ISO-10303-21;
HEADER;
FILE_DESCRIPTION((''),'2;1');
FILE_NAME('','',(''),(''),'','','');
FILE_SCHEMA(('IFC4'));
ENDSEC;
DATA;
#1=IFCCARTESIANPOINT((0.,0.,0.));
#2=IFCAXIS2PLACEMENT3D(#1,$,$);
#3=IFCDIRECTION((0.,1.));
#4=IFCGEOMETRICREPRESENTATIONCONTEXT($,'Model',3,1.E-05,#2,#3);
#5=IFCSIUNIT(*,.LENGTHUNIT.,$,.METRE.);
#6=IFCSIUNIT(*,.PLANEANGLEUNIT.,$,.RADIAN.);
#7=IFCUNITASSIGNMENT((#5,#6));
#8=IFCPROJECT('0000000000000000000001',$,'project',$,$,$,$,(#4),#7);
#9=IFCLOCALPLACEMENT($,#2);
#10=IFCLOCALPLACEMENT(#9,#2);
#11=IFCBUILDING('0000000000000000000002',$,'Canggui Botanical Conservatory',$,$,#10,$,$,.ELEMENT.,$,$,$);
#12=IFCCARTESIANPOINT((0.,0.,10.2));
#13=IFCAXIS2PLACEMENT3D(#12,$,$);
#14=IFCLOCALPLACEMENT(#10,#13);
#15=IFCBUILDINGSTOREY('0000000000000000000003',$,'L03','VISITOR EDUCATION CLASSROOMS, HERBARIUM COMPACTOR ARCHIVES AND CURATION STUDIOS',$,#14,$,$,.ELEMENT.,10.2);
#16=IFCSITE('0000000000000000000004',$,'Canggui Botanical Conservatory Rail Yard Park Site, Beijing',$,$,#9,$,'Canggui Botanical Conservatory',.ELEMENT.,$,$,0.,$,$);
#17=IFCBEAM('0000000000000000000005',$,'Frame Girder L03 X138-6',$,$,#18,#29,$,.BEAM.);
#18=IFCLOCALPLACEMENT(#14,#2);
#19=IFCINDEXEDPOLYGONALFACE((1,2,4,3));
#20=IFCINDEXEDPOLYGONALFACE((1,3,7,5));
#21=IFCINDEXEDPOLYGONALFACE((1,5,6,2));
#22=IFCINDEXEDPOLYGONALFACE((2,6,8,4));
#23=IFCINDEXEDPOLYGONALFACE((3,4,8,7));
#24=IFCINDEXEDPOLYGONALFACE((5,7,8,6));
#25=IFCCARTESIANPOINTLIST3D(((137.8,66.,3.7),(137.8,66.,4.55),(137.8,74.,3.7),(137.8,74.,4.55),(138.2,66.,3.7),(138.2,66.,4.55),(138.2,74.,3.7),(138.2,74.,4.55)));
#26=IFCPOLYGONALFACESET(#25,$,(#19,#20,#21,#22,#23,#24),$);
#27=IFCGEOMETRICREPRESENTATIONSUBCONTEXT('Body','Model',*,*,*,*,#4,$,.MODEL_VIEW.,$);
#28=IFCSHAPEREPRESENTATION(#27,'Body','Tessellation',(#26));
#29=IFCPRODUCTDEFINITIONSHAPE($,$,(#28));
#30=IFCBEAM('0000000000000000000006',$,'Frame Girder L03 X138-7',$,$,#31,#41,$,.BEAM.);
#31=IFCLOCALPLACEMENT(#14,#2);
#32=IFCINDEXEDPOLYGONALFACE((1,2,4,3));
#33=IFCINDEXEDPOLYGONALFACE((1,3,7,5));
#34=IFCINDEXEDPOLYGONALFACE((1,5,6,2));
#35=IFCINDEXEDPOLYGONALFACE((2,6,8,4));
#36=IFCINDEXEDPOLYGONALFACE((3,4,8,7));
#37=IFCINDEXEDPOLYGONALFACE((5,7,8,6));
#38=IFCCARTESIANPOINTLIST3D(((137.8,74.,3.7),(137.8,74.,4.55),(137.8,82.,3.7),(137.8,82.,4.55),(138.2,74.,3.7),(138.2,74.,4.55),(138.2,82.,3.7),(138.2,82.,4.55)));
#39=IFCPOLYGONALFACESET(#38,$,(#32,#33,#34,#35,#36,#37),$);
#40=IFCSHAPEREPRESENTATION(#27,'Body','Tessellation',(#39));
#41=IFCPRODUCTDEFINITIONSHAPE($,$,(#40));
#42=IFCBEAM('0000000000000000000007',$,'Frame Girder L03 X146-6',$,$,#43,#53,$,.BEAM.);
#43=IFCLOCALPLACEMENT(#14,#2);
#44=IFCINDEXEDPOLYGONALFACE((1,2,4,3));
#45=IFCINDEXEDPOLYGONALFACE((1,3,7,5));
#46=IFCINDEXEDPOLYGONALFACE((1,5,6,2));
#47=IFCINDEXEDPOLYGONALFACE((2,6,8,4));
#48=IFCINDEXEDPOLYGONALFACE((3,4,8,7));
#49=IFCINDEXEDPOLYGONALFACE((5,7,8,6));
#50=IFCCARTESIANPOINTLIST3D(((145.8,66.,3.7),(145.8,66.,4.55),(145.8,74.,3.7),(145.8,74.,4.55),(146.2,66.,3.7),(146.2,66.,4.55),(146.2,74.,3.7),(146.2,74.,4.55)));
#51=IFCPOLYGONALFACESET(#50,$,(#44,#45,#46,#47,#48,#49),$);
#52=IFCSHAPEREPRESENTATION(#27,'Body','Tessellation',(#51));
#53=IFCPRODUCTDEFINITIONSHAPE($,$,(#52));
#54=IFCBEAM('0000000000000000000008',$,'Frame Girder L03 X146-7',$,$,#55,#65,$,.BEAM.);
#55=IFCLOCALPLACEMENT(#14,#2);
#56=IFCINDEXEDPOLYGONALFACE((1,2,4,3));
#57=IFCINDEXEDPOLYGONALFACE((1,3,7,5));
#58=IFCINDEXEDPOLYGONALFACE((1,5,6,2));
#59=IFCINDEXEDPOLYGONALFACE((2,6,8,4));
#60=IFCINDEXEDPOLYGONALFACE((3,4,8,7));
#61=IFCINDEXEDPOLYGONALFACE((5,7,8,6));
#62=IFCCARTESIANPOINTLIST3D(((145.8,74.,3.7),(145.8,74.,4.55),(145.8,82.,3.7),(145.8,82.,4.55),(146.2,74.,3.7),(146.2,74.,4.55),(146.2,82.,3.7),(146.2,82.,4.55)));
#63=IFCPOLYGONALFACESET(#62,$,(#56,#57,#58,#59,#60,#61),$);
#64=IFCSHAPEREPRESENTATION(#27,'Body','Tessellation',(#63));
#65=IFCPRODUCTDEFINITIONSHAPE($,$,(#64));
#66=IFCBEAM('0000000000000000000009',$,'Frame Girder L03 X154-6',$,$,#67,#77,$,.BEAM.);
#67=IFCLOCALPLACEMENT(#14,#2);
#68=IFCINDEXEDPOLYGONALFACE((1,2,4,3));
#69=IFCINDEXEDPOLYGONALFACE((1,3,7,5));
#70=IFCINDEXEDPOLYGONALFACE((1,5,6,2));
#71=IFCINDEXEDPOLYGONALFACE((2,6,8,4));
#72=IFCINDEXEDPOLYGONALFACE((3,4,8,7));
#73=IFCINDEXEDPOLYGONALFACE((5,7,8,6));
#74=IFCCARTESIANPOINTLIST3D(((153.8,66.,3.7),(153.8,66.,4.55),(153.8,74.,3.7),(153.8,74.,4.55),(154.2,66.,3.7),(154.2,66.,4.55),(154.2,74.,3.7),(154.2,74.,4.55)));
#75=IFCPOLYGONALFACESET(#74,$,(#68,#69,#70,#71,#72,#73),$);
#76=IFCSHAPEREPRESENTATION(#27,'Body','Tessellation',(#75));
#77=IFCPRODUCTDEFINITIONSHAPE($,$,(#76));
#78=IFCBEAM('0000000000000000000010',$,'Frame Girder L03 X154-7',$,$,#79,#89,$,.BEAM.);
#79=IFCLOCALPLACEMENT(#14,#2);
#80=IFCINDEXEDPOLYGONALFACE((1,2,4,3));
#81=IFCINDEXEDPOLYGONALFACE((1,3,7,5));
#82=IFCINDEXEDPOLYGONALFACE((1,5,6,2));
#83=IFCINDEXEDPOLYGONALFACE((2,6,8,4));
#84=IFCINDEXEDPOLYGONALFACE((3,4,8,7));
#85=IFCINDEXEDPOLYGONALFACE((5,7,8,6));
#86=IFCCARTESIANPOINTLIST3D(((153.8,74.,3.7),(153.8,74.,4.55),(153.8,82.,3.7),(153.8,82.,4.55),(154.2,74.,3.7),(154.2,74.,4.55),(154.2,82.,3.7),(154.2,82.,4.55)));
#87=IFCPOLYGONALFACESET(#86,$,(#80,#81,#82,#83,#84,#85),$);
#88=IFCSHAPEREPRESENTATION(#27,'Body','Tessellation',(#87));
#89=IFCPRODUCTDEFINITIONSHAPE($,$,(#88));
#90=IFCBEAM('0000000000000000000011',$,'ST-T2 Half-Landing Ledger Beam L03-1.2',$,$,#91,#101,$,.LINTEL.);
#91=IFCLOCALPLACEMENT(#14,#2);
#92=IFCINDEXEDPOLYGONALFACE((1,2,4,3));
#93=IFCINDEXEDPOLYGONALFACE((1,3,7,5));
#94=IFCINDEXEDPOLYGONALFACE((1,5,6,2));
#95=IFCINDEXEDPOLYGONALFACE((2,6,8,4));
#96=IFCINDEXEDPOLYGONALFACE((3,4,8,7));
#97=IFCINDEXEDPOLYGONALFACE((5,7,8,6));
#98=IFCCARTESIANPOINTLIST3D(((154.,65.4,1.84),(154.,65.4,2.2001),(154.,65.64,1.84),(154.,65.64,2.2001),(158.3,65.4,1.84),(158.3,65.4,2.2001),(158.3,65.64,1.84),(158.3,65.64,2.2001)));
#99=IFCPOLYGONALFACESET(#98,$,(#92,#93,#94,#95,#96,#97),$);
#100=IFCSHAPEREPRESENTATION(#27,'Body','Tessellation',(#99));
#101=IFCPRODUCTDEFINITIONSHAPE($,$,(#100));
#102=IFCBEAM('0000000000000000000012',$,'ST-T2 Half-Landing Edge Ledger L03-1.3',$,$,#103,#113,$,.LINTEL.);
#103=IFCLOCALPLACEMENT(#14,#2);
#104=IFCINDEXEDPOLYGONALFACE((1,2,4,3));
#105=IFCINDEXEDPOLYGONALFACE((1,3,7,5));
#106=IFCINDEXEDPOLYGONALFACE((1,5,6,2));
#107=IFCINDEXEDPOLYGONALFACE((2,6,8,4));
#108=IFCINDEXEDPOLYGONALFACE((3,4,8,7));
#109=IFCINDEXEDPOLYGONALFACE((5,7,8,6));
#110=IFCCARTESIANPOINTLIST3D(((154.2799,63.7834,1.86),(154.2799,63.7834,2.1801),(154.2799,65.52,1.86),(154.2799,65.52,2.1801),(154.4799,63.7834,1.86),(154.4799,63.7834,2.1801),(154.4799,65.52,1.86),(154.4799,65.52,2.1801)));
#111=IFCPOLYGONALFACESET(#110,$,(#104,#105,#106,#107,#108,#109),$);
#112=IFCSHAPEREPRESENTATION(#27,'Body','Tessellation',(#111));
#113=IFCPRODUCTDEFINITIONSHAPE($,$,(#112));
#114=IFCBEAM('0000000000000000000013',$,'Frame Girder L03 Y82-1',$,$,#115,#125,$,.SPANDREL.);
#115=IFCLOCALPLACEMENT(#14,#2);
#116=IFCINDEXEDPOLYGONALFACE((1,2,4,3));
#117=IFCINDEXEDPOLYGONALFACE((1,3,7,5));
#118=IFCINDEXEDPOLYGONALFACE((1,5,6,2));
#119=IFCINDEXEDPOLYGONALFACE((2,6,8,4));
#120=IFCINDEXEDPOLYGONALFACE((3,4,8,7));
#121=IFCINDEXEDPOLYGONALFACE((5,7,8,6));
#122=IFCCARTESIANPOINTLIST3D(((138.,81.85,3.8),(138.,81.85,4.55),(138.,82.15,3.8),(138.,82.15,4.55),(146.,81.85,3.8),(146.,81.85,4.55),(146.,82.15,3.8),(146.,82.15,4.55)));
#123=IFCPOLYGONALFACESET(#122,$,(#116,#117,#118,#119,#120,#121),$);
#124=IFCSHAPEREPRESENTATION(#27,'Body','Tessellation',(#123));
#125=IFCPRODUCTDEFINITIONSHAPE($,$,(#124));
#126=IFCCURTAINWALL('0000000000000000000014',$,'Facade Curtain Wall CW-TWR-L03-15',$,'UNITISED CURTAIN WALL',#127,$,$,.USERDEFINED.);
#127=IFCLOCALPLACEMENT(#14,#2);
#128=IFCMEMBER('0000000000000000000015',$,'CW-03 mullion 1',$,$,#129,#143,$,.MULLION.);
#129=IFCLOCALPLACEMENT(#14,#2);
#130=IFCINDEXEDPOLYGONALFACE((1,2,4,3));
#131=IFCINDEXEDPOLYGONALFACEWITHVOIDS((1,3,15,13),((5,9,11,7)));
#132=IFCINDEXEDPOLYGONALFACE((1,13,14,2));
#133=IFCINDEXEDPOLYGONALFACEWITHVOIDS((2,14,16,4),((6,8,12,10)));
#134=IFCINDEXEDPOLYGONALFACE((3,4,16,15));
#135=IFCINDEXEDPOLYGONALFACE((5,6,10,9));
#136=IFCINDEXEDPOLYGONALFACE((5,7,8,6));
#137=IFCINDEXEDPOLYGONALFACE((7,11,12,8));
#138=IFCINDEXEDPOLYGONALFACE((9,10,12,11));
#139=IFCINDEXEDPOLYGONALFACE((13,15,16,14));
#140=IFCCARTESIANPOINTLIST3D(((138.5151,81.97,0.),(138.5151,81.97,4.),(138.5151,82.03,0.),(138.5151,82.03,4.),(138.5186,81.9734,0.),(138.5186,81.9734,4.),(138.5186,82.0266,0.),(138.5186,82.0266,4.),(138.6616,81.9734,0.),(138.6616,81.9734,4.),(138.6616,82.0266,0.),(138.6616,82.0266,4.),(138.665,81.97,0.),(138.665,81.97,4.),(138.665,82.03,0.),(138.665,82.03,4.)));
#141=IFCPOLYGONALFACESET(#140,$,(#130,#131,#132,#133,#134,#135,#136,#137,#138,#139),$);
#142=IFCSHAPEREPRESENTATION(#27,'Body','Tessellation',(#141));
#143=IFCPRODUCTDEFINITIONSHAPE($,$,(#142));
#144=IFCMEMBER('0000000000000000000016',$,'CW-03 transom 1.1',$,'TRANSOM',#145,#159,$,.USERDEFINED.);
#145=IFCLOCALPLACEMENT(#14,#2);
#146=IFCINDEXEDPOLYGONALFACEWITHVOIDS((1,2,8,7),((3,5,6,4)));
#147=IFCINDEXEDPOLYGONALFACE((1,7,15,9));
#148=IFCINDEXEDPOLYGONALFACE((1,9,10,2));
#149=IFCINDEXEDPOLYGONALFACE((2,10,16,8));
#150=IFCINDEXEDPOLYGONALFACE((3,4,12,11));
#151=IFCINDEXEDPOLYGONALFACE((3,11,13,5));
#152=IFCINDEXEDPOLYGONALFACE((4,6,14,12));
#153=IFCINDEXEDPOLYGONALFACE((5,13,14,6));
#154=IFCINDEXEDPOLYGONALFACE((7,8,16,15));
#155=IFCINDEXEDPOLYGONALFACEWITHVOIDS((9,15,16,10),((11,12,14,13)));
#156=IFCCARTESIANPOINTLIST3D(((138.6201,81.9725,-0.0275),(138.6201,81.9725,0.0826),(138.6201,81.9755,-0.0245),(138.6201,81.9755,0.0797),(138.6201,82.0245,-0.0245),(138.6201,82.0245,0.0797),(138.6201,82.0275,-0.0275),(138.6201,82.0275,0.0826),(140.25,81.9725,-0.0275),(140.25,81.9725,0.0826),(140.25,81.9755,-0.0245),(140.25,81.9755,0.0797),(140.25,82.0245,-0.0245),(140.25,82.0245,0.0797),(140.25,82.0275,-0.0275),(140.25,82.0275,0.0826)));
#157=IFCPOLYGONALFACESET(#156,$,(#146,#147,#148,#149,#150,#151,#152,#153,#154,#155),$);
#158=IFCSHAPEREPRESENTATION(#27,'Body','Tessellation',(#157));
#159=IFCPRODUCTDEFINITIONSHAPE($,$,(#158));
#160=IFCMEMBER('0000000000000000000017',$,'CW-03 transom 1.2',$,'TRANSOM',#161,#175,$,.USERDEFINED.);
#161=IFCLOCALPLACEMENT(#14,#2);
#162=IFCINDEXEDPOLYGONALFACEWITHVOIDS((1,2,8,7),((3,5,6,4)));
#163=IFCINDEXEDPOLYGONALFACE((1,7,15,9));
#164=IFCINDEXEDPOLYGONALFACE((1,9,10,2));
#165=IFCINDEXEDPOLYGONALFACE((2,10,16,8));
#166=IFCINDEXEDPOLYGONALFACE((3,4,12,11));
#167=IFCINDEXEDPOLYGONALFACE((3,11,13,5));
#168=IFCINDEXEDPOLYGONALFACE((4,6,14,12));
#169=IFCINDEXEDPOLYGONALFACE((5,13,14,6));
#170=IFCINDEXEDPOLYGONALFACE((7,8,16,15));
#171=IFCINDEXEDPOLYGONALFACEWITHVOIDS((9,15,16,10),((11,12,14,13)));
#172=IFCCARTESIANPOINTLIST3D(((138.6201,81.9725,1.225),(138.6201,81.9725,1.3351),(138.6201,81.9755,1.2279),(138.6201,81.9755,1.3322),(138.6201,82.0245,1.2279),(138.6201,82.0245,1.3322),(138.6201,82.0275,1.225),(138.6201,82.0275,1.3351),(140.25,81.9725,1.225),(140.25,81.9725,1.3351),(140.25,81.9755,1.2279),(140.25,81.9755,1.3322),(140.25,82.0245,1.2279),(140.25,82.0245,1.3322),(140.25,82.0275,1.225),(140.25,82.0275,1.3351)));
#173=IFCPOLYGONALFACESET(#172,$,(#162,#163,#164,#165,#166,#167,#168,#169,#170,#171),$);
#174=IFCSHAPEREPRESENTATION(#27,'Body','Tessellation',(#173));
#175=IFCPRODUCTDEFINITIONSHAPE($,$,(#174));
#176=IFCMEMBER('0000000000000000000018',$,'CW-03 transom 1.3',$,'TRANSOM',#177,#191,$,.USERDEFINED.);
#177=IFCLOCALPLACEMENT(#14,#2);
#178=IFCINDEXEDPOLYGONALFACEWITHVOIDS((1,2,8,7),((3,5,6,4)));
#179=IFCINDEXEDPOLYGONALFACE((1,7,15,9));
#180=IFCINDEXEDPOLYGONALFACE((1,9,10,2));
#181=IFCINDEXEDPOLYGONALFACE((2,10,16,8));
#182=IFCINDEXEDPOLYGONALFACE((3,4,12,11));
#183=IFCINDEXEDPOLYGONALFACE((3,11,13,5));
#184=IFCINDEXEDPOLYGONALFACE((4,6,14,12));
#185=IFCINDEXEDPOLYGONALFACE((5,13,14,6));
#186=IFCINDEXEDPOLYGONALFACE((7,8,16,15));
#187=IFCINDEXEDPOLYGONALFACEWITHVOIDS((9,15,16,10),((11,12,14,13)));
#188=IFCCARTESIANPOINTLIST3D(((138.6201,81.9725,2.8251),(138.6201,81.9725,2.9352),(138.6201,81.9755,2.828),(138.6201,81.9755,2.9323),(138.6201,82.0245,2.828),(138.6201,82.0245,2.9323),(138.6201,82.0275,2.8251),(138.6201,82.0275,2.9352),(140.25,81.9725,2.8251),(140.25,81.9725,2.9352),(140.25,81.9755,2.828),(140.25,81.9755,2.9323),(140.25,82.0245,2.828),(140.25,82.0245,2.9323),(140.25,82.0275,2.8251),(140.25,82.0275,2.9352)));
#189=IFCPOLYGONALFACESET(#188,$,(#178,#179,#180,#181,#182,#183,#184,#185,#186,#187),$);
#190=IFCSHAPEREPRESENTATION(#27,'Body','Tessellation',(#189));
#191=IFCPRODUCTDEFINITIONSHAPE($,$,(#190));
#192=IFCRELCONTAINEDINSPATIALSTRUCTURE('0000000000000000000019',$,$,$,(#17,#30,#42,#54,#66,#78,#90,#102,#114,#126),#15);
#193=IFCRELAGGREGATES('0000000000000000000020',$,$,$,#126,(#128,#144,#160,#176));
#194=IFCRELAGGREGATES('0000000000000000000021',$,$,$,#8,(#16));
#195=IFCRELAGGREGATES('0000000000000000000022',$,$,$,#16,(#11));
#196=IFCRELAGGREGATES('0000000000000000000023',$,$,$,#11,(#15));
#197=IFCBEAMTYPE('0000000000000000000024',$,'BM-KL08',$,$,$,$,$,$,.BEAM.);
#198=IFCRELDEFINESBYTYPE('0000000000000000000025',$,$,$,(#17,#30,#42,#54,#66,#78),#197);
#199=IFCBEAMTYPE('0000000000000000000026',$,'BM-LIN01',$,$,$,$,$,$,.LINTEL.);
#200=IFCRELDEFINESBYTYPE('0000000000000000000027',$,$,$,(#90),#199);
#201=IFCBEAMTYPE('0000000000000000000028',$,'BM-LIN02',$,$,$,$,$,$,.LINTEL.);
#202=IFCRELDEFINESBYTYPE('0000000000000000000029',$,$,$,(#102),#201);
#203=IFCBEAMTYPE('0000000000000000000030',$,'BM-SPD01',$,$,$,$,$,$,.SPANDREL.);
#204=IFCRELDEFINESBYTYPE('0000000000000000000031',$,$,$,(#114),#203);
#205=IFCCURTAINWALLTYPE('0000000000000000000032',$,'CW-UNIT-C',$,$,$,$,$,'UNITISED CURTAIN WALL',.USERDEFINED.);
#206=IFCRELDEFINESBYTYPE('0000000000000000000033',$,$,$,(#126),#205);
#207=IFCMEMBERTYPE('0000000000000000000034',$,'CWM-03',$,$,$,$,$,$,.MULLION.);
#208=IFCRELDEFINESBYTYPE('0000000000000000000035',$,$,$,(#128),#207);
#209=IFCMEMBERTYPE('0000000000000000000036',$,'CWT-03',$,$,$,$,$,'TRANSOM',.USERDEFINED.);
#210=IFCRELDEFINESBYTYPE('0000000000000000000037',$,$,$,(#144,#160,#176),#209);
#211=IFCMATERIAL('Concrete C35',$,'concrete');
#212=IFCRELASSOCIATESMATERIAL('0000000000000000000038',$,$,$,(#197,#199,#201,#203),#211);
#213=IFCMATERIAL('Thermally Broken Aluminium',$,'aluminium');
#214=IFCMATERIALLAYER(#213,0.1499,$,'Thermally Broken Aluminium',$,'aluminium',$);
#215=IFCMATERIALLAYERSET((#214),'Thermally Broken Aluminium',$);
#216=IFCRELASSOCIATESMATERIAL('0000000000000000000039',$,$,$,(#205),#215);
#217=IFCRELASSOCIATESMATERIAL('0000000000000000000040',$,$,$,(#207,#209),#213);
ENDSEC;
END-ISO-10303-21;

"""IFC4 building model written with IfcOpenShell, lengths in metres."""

from ifc_helpers import new_model, si_unit, direction, frame, origin, origin_2d, place, context, subcontext, project, spatial, rectangle, hollow_rectangle, extrude, material, layer, layer_set, material_profile, profile_set, type_object, element, aggregate, save


model = new_model("IFC4")

# Units and contexts
model_context = context("Model", 3, precision=1e-05, world=origin(), true_north=direction((0.0, 1.0)))
body_context = subcontext(model_context, "Body", "Model", "MODEL_VIEW")
ifc_project = project(units=[si_unit("LENGTHUNIT", "METRE"), si_unit("PLANEANGLEUNIT", "RADIAN")], contexts=[model_context])

# Site, building, storey
site_placement = place(None, origin())
site = spatial("IfcSite", under=ifc_project, at=site_placement, Name="Canggui Botanical Conservatory Rail Yard Park Site, Beijing", LongName="Canggui Botanical Conservatory", CompositionType="ELEMENT", RefElevation=0.0)
building_placement = place(site_placement, origin())
building = spatial("IfcBuilding", under=site, at=building_placement, Name="Canggui Botanical Conservatory", CompositionType="ELEMENT")
storey_placement = place(building_placement, frame((0.0, 0.0, 10.2)))
storey = spatial("IfcBuildingStorey", under=building, at=storey_placement, Name="L03", Description="VISITOR EDUCATION CLASSROOMS, HERBARIUM COMPACTOR ARCHIVES AND CURATION STUDIOS", CompositionType="ELEMENT", Elevation=10.2)

# Beams
ifc_material_1 = material(Name="Concrete C35", Category="concrete")
ifc_material_profile_1 = material_profile(ifc_material_1, rectangle(XDim=0.3999, YDim=0.8501, at=origin_2d()), Name="RB 400x850")
ifc_profile_set_1 = profile_set([ifc_material_profile_1], Name="Concrete C35")
beam_type_1 = type_object("IfcBeamType", Name="BM-KL08", PredefinedType="BEAM", material=ifc_profile_set_1)
for number, where, z_axis, x_axis, name in (
    (1, (138.0, 66.0, 4.125), (0.0, 1.0, 0.0), (-1.0, 0.0, 0.0), "Frame Girder L03 X138-6"),
    (2, (138.0, 74.0, 4.125), (0.0, 1.0, 0.0), (-1.0, 0.0, 0.0), "Frame Girder L03 X138-7"),
    (3, (146.0, 66.0, 4.125), (0.0, 1.0, 0.0), (-1.0, 0.0, 0.0), "Frame Girder L03 X146-6"),
    (4, (146.0, 74.0, 4.125), (0.0, 1.0, 0.0), (-1.0, 0.0, 0.0), "Frame Girder L03 X146-7"),
    (5, (154.0, 66.0, 4.125), (0.0, 1.0, 0.0), (-1.0, 0.0, 0.0), "Frame Girder L03 X154-6"),
    (6, (154.0, 74.0, 4.125), (0.0, 1.0, 0.0), (-1.0, 0.0, 0.0), "Frame Girder L03 X154-7"),
):
    element("IfcBeam", number, at=place(storey_placement, frame(where, z_axis=z_axis, x_axis=x_axis)), inside=storey, type_object=beam_type_1, Name=name, PredefinedType="BEAM", context=body_context, shape_type="SweptSolid", body=[
        extrude(rectangle(XDim=0.3999, YDim=0.8501, at=origin_2d()), origin(), (0.0, 0.0, 1.0), 8.0),
    ])
ifc_material_profile_2 = material_profile(ifc_material_1, rectangle(XDim=0.24, YDim=0.3601, at=origin_2d()), Name="RB 240x360")
ifc_profile_set_2 = profile_set([ifc_material_profile_2], Name="Concrete C35")
beam_type_2 = type_object("IfcBeamType", Name="BM-LIN01", PredefinedType="LINTEL", material=ifc_profile_set_2)
beam_1_placement = place(storey_placement, frame((154.0, 65.52, 2.02), z_axis=(1.0, 0.0, 0.0), x_axis=(0.0, 1.0, 0.0)))
element("IfcBeam", 7, at=beam_1_placement, inside=storey, type_object=beam_type_2, Name="ST-T2 Half-Landing Ledger Beam L03-1.2", PredefinedType="LINTEL", context=body_context, shape_type="SweptSolid", body=[
    extrude(rectangle(XDim=0.24, YDim=0.3601, at=origin_2d()), origin(), (0.0, 0.0, 1.0), 4.3),
])
ifc_material_profile_3 = material_profile(ifc_material_1, rectangle(XDim=0.2, YDim=0.3201, at=origin_2d()), Name="RB 200x320")
ifc_profile_set_3 = profile_set([ifc_material_profile_3], Name="Concrete C35")
beam_type_3 = type_object("IfcBeamType", Name="BM-LIN02", PredefinedType="LINTEL", material=ifc_profile_set_3)
beam_2_placement = place(storey_placement, frame((154.3799, 63.7834, 2.02), z_axis=(0.0, 1.0, 0.0), x_axis=(-1.0, 0.0, 0.0)))
element("IfcBeam", 8, at=beam_2_placement, inside=storey, type_object=beam_type_3, Name="ST-T2 Half-Landing Edge Ledger L03-1.3", PredefinedType="LINTEL", context=body_context, shape_type="SweptSolid", body=[
    extrude(rectangle(XDim=0.2, YDim=0.3201, at=origin_2d()), origin(), (0.0, 0.0, 1.0), 1.7366),
])
ifc_material_profile_4 = material_profile(ifc_material_1, rectangle(XDim=0.3, YDim=0.75, at=origin_2d()), Name="RB 300x750")
ifc_profile_set_4 = profile_set([ifc_material_profile_4], Name="Concrete C35")
beam_type_4 = type_object("IfcBeamType", Name="BM-SPD01", PredefinedType="SPANDREL", material=ifc_profile_set_4)
beam_3_placement = place(storey_placement, frame((138.0, 82.0, 4.175), z_axis=(1.0, 0.0, 0.0), x_axis=(0.0, 1.0, 0.0)))
element("IfcBeam", 9, at=beam_3_placement, inside=storey, type_object=beam_type_4, Name="Frame Girder L03 Y82-1", PredefinedType="SPANDREL", context=body_context, shape_type="SweptSolid", body=[
    extrude(rectangle(XDim=0.3, YDim=0.75, at=origin_2d()), origin(), (0.0, 0.0, 1.0), 8.0),
])

# Curtain wall, members
ifc_material_2 = material(Name="Thermally Broken Aluminium", Category="aluminium")
ifc_layer_1 = layer(ifc_material_2, 0.1499, Name="Thermally Broken Aluminium", Category="aluminium")
ifc_layer_set_1 = layer_set([ifc_layer_1], Name="Thermally Broken Aluminium")
curtain_wall_type = type_object("IfcCurtainWallType", Name="CW-UNIT-C", ElementType="UNITISED CURTAIN WALL", PredefinedType="USERDEFINED", material=ifc_layer_set_1)
curtain_wall_placement = place(storey_placement, origin())
curtain_wall = element("IfcCurtainWall", 10, at=curtain_wall_placement, inside=storey, type_object=curtain_wall_type, Name="Facade Curtain Wall CW-TWR-L03-15", ObjectType="UNITISED CURTAIN WALL", PredefinedType="USERDEFINED")
ifc_material_profile_5 = material_profile(ifc_material_2, hollow_rectangle(XDim=0.0601, YDim=0.1499, WallThickness=0.0034, at=origin_2d()), Name="CWM 60x150x3.5")
ifc_profile_set_5 = profile_set([ifc_material_profile_5], Name="Thermally Broken Aluminium")
member_type_1 = type_object("IfcMemberType", Name="CWM-03", PredefinedType="MULLION", material=ifc_profile_set_5)
member_1_placement = place(storey_placement, frame((138.5901, 82.0, 0.0), z_axis=(0.0, 0.0, 1.0), x_axis=(0.0, 1.0, 0.0)))
member_1 = element("IfcMember", 11, at=member_1_placement, type_object=member_type_1, Name="CW-03 mullion 1", PredefinedType="MULLION", context=body_context, shape_type="SweptSolid", body=[
    extrude(hollow_rectangle(XDim=0.0601, YDim=0.1499, WallThickness=0.0034, at=origin_2d()), origin(), (0.0, 0.0, 1.0), 4.0),
])
ifc_material_profile_6 = material_profile(ifc_material_2, hollow_rectangle(XDim=0.0549, YDim=0.1101, WallThickness=0.0029, at=origin_2d()), Name="CWT 55x110x3")
ifc_profile_set_6 = profile_set([ifc_material_profile_6], Name="Thermally Broken Aluminium")
member_type_2 = type_object("IfcMemberType", Name="CWT-03", ElementType="TRANSOM", PredefinedType="USERDEFINED", material=ifc_profile_set_6)
member_2_placement = place(storey_placement, frame((138.6201, 82.0, 0.0276), z_axis=(1.0, 0.0, 0.0), x_axis=(0.0, 1.0, 0.0)))
member_2 = element("IfcMember", 12, at=member_2_placement, type_object=member_type_2, Name="CW-03 transom 1.1", ObjectType="TRANSOM", PredefinedType="USERDEFINED", context=body_context, shape_type="SweptSolid", body=[
    extrude(hollow_rectangle(XDim=0.0549, YDim=0.1101, WallThickness=0.0029, at=origin_2d()), origin(), (0.0, 0.0, 1.0), 1.6299),
])
member_3_placement = place(storey_placement, frame((138.6201, 82.0, 1.28), z_axis=(1.0, 0.0, 0.0), x_axis=(0.0, 1.0, 0.0)))
member_3 = element("IfcMember", 13, at=member_3_placement, type_object=member_type_2, Name="CW-03 transom 1.2", ObjectType="TRANSOM", PredefinedType="USERDEFINED", context=body_context, shape_type="SweptSolid", body=[
    extrude(hollow_rectangle(XDim=0.0549, YDim=0.1101, WallThickness=0.0029, at=origin_2d()), origin(), (0.0, 0.0, 1.0), 1.6299),
])
member_4_placement = place(storey_placement, frame((138.6201, 82.0, 2.8801), z_axis=(1.0, 0.0, 0.0), x_axis=(0.0, 1.0, 0.0)))
member_4 = element("IfcMember", 14, at=member_4_placement, type_object=member_type_2, Name="CW-03 transom 1.3", ObjectType="TRANSOM", PredefinedType="USERDEFINED", context=body_context, shape_type="SweptSolid", body=[
    extrude(hollow_rectangle(XDim=0.0549, YDim=0.1101, WallThickness=0.0029, at=origin_2d()), origin(), (0.0, 0.0, 1.0), 1.6299),
])
aggregate(curtain_wall, [member_1, member_2, member_3, member_4])

save(model, "model.ifc")
